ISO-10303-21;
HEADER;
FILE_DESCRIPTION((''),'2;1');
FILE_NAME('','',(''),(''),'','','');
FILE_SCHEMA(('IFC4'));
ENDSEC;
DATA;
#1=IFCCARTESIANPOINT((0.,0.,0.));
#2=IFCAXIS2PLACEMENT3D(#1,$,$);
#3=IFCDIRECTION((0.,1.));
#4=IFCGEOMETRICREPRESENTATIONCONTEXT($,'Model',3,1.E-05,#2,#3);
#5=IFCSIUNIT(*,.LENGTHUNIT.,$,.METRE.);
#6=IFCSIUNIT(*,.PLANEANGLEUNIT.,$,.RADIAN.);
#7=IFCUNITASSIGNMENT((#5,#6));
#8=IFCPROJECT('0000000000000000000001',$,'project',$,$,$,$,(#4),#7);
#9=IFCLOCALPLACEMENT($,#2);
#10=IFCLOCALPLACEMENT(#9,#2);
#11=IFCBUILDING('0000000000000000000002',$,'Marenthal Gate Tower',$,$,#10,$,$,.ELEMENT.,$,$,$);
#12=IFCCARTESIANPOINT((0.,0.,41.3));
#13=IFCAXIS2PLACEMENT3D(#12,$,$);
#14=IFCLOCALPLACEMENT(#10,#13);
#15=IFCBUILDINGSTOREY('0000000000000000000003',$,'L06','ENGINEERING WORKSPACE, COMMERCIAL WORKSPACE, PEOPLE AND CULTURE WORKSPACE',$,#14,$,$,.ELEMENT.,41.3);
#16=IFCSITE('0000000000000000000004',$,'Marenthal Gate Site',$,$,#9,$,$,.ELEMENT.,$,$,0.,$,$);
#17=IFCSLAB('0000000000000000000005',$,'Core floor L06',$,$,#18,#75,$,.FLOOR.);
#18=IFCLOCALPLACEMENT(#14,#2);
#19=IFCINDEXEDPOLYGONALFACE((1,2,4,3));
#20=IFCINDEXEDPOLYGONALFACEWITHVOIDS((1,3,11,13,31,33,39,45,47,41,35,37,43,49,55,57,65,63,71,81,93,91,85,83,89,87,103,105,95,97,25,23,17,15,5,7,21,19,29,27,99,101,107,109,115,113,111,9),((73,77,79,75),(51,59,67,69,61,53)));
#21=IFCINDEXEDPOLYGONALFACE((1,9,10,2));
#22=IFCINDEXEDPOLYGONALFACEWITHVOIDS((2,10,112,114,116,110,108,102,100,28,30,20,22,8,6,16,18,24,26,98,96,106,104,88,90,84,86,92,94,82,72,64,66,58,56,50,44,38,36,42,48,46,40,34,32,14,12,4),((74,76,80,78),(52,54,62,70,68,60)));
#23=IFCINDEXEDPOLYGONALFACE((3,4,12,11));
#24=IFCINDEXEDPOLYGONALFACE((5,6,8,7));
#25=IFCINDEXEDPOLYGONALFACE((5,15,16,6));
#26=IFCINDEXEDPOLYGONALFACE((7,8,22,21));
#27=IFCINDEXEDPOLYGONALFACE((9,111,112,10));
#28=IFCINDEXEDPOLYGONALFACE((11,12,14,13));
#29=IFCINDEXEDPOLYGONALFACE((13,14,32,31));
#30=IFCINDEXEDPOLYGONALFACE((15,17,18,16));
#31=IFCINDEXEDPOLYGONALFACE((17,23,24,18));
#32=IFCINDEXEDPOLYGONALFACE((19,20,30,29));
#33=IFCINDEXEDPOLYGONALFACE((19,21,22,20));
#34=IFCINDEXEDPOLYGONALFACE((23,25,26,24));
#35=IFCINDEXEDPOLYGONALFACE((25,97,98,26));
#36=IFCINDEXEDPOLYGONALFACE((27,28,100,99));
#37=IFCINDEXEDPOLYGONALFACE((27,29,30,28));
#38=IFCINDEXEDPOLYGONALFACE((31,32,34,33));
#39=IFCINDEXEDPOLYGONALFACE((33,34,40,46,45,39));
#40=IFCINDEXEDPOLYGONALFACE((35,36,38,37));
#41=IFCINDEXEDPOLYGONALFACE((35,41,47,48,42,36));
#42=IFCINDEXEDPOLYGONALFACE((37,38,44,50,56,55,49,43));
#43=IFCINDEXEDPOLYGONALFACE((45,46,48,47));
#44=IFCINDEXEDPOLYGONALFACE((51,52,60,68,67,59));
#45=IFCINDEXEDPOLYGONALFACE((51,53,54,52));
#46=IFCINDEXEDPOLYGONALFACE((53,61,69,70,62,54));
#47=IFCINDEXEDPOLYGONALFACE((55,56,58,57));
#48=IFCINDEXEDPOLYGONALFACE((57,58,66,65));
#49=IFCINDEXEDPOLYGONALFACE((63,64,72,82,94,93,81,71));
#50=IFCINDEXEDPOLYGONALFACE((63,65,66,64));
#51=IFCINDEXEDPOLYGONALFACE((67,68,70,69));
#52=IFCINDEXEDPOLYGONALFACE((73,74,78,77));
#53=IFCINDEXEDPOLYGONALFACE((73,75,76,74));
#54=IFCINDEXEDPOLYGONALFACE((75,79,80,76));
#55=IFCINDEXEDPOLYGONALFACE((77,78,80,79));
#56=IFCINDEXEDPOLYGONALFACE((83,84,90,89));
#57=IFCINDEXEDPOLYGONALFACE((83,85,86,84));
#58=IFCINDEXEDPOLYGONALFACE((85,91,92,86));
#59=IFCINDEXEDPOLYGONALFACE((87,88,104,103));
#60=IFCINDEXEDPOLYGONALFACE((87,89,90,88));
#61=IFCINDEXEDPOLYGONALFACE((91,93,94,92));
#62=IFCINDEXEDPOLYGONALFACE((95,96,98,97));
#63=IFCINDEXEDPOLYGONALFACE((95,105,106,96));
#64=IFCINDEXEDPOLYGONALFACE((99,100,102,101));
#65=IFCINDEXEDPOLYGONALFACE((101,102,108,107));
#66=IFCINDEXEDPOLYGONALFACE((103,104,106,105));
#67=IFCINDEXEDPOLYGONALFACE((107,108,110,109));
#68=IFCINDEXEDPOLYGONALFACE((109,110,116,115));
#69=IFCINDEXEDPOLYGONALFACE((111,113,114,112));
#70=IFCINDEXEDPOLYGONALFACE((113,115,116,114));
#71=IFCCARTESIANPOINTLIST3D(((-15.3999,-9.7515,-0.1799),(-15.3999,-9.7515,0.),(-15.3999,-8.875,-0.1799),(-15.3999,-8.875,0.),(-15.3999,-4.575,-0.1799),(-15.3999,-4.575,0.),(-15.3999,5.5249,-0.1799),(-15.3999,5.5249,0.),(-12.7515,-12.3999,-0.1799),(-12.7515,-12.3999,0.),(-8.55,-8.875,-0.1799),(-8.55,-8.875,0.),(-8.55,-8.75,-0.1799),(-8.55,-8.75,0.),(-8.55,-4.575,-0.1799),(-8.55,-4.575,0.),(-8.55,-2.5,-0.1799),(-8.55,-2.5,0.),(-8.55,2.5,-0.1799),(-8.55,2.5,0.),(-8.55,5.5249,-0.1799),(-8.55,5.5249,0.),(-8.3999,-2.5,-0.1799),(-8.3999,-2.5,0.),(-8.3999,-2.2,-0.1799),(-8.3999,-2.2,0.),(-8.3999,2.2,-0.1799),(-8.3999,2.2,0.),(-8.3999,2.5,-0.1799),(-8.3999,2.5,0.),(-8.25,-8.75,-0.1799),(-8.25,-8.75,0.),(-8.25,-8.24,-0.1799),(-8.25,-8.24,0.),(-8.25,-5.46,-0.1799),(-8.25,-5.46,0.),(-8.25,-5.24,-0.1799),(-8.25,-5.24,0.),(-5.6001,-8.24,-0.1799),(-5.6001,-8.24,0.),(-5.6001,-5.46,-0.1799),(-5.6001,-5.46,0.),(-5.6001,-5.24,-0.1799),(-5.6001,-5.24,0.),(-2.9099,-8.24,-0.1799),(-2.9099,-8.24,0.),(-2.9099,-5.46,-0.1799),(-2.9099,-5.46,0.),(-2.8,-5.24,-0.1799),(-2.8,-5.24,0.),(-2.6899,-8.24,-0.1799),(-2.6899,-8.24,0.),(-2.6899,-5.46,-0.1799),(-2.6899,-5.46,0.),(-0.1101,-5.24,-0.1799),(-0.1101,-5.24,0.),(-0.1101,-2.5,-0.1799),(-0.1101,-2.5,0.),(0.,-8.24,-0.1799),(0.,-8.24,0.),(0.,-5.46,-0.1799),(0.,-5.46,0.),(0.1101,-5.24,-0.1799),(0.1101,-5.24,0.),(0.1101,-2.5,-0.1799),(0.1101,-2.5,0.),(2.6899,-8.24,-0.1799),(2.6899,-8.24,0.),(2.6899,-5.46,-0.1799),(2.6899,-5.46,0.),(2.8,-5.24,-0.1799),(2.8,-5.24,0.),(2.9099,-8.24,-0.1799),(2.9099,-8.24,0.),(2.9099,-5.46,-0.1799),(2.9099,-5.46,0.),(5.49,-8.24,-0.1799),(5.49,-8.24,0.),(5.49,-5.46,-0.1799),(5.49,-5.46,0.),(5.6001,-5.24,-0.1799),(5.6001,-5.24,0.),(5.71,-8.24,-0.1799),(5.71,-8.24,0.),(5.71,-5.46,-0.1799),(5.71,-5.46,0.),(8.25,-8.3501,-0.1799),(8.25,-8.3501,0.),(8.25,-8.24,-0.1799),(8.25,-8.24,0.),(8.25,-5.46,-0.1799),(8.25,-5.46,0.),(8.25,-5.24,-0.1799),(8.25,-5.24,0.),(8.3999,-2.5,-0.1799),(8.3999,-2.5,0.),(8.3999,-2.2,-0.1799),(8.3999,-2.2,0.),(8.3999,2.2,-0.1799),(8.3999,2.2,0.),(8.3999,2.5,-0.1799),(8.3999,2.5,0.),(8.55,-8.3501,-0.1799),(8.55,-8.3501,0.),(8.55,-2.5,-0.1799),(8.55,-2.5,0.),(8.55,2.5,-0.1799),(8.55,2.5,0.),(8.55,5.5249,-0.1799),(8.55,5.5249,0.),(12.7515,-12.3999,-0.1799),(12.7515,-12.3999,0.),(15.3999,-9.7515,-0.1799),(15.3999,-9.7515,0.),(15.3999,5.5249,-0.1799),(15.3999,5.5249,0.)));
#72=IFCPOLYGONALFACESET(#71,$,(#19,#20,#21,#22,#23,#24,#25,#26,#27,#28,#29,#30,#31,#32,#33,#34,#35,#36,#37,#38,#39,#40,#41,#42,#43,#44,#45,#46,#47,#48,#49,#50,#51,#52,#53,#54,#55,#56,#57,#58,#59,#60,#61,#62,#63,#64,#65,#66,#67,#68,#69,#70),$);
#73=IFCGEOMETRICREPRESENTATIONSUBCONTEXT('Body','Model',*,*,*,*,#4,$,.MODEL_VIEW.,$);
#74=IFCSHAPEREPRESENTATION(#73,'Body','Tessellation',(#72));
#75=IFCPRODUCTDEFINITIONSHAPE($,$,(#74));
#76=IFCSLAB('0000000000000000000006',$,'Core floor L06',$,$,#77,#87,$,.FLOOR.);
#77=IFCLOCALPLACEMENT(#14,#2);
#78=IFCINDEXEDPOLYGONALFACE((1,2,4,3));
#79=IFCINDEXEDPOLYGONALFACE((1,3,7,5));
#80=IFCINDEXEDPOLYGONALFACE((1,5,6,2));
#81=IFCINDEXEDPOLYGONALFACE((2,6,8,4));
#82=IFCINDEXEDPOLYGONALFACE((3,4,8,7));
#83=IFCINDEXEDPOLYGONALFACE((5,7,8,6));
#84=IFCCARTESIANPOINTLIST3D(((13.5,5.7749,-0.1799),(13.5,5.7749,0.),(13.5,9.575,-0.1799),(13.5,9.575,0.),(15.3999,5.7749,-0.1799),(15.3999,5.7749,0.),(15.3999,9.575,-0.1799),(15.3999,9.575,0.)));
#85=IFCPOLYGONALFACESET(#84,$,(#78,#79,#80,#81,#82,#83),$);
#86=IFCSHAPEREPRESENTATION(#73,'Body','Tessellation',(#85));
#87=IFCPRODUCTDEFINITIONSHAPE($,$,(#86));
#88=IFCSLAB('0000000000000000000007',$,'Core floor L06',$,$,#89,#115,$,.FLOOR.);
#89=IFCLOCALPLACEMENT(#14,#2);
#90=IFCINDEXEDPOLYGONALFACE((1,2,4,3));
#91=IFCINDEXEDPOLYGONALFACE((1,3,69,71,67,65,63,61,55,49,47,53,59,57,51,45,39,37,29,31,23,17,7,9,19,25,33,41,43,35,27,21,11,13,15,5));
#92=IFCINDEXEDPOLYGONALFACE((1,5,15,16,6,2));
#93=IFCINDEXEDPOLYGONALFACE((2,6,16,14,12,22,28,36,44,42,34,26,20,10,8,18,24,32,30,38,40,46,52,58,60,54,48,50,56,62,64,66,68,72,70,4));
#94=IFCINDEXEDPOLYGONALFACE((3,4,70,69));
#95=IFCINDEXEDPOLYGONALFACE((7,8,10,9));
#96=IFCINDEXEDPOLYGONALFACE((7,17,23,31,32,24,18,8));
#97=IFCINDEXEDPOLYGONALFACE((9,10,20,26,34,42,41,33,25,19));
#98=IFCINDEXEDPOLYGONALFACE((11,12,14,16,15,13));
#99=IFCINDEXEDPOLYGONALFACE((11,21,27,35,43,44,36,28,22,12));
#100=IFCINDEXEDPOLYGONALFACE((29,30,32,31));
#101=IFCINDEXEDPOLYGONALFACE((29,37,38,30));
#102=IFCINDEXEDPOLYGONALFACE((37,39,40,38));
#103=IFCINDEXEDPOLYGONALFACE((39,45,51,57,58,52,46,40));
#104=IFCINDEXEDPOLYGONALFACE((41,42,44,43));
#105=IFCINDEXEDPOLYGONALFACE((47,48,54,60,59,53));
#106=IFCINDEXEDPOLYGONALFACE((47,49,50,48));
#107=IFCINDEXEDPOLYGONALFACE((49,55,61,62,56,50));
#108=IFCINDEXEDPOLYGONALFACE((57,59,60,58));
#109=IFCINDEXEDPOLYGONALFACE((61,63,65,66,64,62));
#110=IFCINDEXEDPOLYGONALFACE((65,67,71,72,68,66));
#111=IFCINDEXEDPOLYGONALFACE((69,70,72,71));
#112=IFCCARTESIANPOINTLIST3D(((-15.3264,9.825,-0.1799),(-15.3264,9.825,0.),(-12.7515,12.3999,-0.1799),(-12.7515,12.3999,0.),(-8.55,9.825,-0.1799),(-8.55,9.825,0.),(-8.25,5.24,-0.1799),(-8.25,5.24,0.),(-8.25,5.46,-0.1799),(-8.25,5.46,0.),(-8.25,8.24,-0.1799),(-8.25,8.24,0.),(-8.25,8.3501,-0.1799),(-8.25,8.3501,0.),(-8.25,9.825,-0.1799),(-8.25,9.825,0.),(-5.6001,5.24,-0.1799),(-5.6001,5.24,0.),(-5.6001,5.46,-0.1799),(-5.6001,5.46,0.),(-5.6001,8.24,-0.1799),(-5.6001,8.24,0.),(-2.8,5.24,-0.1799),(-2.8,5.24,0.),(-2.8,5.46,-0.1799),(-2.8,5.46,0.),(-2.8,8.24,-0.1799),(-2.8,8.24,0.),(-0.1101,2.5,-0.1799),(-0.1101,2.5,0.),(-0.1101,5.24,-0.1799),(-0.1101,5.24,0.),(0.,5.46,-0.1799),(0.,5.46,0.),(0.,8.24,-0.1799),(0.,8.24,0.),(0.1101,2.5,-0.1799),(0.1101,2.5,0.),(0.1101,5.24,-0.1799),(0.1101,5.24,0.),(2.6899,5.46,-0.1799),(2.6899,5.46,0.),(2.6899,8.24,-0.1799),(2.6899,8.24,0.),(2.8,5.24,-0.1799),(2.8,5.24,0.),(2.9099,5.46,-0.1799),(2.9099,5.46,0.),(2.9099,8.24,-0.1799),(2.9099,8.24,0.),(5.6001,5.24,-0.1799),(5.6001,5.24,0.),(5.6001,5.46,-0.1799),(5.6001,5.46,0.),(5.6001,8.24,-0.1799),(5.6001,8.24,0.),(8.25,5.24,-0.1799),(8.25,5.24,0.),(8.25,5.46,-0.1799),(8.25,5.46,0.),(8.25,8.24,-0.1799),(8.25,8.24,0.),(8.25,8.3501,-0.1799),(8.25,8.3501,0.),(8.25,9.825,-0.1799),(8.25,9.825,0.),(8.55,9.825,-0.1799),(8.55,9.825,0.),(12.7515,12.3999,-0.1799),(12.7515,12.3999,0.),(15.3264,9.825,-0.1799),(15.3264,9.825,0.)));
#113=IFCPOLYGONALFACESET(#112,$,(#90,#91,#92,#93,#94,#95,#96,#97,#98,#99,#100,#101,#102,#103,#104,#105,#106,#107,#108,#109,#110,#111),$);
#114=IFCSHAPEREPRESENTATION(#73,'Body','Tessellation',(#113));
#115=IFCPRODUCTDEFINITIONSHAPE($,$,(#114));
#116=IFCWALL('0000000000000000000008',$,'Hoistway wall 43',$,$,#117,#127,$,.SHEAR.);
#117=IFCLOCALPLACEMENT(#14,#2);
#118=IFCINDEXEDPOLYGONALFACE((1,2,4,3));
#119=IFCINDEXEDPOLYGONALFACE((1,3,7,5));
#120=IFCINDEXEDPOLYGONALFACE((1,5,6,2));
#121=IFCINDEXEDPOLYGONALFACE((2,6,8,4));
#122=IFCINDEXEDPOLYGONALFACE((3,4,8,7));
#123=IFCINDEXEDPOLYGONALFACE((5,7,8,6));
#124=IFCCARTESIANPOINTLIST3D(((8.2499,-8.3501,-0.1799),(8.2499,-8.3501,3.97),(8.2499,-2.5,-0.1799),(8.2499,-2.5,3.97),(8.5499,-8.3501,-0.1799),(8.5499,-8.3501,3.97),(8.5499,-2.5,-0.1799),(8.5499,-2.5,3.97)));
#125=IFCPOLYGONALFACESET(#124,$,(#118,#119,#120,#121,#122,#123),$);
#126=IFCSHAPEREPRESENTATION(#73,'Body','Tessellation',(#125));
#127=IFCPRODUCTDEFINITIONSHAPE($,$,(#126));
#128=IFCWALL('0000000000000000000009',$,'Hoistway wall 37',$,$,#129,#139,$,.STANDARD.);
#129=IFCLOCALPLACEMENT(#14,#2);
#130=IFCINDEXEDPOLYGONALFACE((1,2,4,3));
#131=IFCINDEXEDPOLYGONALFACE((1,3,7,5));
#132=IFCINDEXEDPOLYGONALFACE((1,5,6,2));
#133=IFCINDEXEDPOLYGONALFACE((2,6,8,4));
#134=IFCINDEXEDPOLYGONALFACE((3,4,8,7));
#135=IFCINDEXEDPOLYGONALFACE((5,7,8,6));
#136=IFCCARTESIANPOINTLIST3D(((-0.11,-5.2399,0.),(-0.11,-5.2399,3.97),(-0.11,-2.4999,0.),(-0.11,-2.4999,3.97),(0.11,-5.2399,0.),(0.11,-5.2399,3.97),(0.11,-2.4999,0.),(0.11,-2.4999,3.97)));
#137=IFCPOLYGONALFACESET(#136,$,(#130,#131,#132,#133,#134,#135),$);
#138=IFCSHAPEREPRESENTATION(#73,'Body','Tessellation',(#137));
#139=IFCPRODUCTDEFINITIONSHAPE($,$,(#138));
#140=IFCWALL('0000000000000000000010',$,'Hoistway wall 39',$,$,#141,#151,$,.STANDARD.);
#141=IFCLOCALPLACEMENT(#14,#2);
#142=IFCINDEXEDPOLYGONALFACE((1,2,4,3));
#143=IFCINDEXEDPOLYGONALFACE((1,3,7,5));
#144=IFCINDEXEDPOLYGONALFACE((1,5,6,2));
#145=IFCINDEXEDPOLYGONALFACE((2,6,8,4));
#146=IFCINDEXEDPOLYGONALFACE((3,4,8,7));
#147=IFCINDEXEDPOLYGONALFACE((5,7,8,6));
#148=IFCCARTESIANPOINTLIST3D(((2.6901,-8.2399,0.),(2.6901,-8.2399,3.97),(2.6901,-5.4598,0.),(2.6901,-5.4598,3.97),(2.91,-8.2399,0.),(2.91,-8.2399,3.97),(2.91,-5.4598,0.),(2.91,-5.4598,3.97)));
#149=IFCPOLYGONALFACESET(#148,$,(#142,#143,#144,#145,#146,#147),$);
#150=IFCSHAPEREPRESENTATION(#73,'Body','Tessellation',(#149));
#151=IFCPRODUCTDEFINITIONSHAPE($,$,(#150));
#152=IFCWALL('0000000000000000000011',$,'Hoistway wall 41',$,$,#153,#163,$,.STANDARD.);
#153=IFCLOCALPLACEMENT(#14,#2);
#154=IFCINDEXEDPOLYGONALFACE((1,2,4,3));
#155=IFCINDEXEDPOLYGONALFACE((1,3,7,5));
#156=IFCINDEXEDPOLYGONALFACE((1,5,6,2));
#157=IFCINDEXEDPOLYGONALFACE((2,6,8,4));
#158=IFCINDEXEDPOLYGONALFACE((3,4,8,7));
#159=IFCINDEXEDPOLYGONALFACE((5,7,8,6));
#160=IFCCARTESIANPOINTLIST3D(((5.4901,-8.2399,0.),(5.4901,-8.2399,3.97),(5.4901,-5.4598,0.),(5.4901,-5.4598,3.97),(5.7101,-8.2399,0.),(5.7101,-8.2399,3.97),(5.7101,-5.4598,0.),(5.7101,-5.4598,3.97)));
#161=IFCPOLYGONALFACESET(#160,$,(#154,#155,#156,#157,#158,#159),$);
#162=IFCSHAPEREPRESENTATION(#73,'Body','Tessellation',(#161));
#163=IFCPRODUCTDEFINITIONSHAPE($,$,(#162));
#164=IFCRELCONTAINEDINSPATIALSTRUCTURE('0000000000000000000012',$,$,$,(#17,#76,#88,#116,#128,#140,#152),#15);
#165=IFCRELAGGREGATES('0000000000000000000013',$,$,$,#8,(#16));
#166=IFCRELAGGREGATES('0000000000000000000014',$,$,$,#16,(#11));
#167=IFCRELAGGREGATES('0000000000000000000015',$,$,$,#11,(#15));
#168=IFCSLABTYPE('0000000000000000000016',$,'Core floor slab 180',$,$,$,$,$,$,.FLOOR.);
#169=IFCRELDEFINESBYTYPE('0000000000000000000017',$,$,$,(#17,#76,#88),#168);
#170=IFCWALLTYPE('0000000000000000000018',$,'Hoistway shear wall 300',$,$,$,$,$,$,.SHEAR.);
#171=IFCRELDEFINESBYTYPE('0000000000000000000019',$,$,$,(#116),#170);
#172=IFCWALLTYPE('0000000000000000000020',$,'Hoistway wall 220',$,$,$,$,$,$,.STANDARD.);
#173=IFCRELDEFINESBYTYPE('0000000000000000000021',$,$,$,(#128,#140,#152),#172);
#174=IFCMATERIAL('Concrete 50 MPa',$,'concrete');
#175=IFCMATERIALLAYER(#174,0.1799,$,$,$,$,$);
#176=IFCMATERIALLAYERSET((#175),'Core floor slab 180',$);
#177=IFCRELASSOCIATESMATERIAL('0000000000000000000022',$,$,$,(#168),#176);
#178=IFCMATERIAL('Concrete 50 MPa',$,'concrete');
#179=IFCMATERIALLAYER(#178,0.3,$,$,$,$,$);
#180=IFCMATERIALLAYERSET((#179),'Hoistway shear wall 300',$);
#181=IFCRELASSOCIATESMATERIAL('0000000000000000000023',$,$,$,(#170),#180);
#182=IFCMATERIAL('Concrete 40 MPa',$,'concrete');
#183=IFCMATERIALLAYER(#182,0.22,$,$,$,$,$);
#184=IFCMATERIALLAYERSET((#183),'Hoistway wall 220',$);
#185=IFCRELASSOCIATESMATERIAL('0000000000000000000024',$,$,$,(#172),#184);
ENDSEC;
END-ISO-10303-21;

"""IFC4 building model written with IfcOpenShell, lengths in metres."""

from ifc_helpers import new_model, si_unit, direction, frame, frame_2d, origin, place, context, subcontext, project, spatial, polyline, rectangle, outline, extrude, material, layer, layer_set, type_object, element, save


model = new_model("IFC4")

# Units and contexts
model_context = context("Model", 3, precision=1e-05, world=origin(), true_north=direction((0.0, 1.0)))
body_context = subcontext(model_context, "Body", "Model", "MODEL_VIEW")
ifc_project = project(units=[si_unit("LENGTHUNIT", "METRE"), si_unit("PLANEANGLEUNIT", "RADIAN")], contexts=[model_context])

# Site, building, storey
site_placement = place(None, origin())
site = spatial("IfcSite", under=ifc_project, at=site_placement, Name="Marenthal Gate Site", CompositionType="ELEMENT", RefElevation=0.0)
building_placement = place(site_placement, origin())
building = spatial("IfcBuilding", under=site, at=building_placement, Name="Marenthal Gate Tower", CompositionType="ELEMENT")
storey_placement = place(building_placement, frame((0.0, 0.0, 41.3)))
storey = spatial("IfcBuildingStorey", under=building, at=storey_placement, Name="L06", Description="ENGINEERING WORKSPACE, COMMERCIAL WORKSPACE, PEOPLE AND CULTURE WORKSPACE", CompositionType="ELEMENT", Elevation=41.3)

# Slabs
ifc_material_1 = material(Name="Concrete 50 MPa", Category="concrete")
ifc_layer_1 = layer(ifc_material_1, 0.1799)
ifc_layer_set_1 = layer_set([ifc_layer_1], Name="Core floor slab 180")
slab_type_1 = type_object("IfcSlabType", Name="Core floor slab 180", PredefinedType="FLOOR", material=ifc_layer_set_1)
slab_1_placement = place(storey_placement, frame((0.0, 0.0, -0.1799)))
element("IfcSlab", 1, at=slab_1_placement, inside=storey, type_object=slab_type_1, Name="Core floor L06", PredefinedType="FLOOR", context=body_context, shape_type="SweptSolid", body=[
    extrude(outline(polyline([(15.3999, -9.7515), (12.7515, -12.3999), (-12.7515, -12.3999), (-15.3999, -9.7515), (-15.3999, -8.875), (-8.55, -8.875), (-8.55, -8.75), (-8.25, -8.75), (-8.25, -8.24), (-5.6001, -8.24), (-2.9099, -8.24), (-2.9099, -5.46), (-5.6001, -5.46), (-8.25, -5.46), (-8.25, -5.24), (-5.6001, -5.24), (-2.8, -5.24), (-0.1101, -5.24), (-0.1101, -2.5), (0.1101, -2.5), (0.1101, -5.24), (2.8, -5.24), (5.6001, -5.24), (8.25, -5.24), (8.25, -5.46), (5.71, -5.46), (5.71, -8.24), (8.25, -8.24), (8.25, -8.3501), (8.55, -8.3501), (8.55, -2.5), (8.3999, -2.5), (8.3999, -2.2), (-8.3999, -2.2), (-8.3999, -2.5), (-8.55, -2.5), (-8.55, -4.575), (-15.3999, -4.575), (-15.3999, 5.5249), (-8.55, 5.5249), (-8.55, 2.5), (-8.3999, 2.5), (-8.3999, 2.2), (8.3999, 2.2), (8.3999, 2.5), (8.55, 2.5), (8.55, 5.5249), (15.3999, 5.5249), (15.3999, -9.7515)]), holes=[polyline([(2.6899, -5.46), (0.0, -5.46), (-2.6899, -5.46), (-2.6899, -8.24), (0.0, -8.24), (2.6899, -8.24), (2.6899, -5.46)]), polyline([(5.49, -5.46), (2.9099, -5.46), (2.9099, -8.24), (5.49, -8.24), (5.49, -5.46)])]), origin(), (0.0, 0.0, 1.0), 0.1799),
])
slab_2_placement = place(storey_placement, frame((0.0, 0.0, -0.1799)))
element("IfcSlab", 2, at=slab_2_placement, inside=storey, type_object=slab_type_1, Name="Core floor L06", PredefinedType="FLOOR", context=body_context, shape_type="SweptSolid", body=[
    extrude(outline(polyline([(15.3999, 5.7749), (13.5, 5.7749), (13.5, 9.575), (15.3999, 9.575), (15.3999, 5.7749)])), origin(), (0.0, 0.0, 1.0), 0.1799),
])
slab_3_placement = place(storey_placement, frame((0.0, 0.0, -0.1799)))
element("IfcSlab", 3, at=slab_3_placement, inside=storey, type_object=slab_type_1, Name="Core floor L06", PredefinedType="FLOOR", context=body_context, shape_type="SweptSolid", body=[
    extrude(outline(polyline([(12.7515, 12.3999), (15.3264, 9.825), (8.55, 9.825), (8.25, 9.825), (8.25, 8.3501), (8.25, 8.24), (5.6001, 8.24), (2.9099, 8.24), (2.9099, 5.46), (5.6001, 5.46), (8.25, 5.46), (8.25, 5.24), (5.6001, 5.24), (2.8, 5.24), (0.1101, 5.24), (0.1101, 2.5), (-0.1101, 2.5), (-0.1101, 5.24), (-2.8, 5.24), (-5.6001, 5.24), (-8.25, 5.24), (-8.25, 5.46), (-5.6001, 5.46), (-2.8, 5.46), (0.0, 5.46), (2.6899, 5.46), (2.6899, 8.24), (0.0, 8.24), (-2.8, 8.24), (-5.6001, 8.24), (-8.25, 8.24), (-8.25, 8.3501), (-8.25, 9.825), (-8.55, 9.825), (-15.3264, 9.825), (-12.7515, 12.3999), (12.7515, 12.3999)])), origin(), (0.0, 0.0, 1.0), 0.1799),
])

# Walls
ifc_material_2 = material(Name="Concrete 50 MPa", Category="concrete")
ifc_layer_2 = layer(ifc_material_2, 0.3)
ifc_layer_set_2 = layer_set([ifc_layer_2], Name="Hoistway shear wall 300")
wall_type_1 = type_object("IfcWallType", Name="Hoistway shear wall 300", PredefinedType="SHEAR", material=ifc_layer_set_2)
wall_1_placement = place(storey_placement, frame((8.3999, -8.3501, -0.1799), z_axis=(0.0, 0.0, 1.0), x_axis=(0.0, 1.0, 0.0)))
element("IfcWall", 4, at=wall_1_placement, inside=storey, type_object=wall_type_1, Name="Hoistway wall 43", PredefinedType="SHEAR", context=body_context, shape_type="SweptSolid", body=[
    extrude(rectangle(XDim=5.8501, YDim=0.3, at=frame_2d((2.925, 0.0))), origin(), (0.0, 0.0, 1.0), 4.1499),
])
ifc_material_3 = material(Name="Concrete 40 MPa", Category="concrete")
ifc_layer_3 = layer(ifc_material_3, 0.22)
ifc_layer_set_3 = layer_set([ifc_layer_3], Name="Hoistway wall 220")
wall_type_2 = type_object("IfcWallType", Name="Hoistway wall 220", PredefinedType="STANDARD", material=ifc_layer_set_3)
wall_2_placement = place(storey_placement, frame((0.0, -5.24, 0.0), z_axis=(0.0, 0.0, 1.0), x_axis=(0.0, 1.0, 0.0)))
element("IfcWall", 5, at=wall_2_placement, inside=storey, type_object=wall_type_2, Name="Hoistway wall 37", PredefinedType="STANDARD", context=body_context, shape_type="SweptSolid", body=[
    extrude(rectangle(XDim=2.74, YDim=0.22, at=frame_2d((1.3701, 0.0))), origin(), (0.0, 0.0, 1.0), 3.97),
])
for number, where, z_axis, x_axis, name in (
    (6, (2.8, -8.24, 0.0), (0.0, 0.0, 1.0), (0.0, 1.0, 0.0), "Hoistway wall 39"),
    (7, (5.6001, -8.24, 0.0), (0.0, 0.0, 1.0), (0.0, 1.0, 0.0), "Hoistway wall 41"),
):
    element("IfcWall", number, at=place(storey_placement, frame(where, z_axis=z_axis, x_axis=x_axis)), inside=storey, type_object=wall_type_2, Name=name, PredefinedType="STANDARD", context=body_context, shape_type="SweptSolid", body=[
        extrude(rectangle(XDim=2.78, YDim=0.22, at=frame_2d((1.3901, 0.0))), origin(), (0.0, 0.0, 1.0), 3.97),
    ])

save(model, "model.ifc")
